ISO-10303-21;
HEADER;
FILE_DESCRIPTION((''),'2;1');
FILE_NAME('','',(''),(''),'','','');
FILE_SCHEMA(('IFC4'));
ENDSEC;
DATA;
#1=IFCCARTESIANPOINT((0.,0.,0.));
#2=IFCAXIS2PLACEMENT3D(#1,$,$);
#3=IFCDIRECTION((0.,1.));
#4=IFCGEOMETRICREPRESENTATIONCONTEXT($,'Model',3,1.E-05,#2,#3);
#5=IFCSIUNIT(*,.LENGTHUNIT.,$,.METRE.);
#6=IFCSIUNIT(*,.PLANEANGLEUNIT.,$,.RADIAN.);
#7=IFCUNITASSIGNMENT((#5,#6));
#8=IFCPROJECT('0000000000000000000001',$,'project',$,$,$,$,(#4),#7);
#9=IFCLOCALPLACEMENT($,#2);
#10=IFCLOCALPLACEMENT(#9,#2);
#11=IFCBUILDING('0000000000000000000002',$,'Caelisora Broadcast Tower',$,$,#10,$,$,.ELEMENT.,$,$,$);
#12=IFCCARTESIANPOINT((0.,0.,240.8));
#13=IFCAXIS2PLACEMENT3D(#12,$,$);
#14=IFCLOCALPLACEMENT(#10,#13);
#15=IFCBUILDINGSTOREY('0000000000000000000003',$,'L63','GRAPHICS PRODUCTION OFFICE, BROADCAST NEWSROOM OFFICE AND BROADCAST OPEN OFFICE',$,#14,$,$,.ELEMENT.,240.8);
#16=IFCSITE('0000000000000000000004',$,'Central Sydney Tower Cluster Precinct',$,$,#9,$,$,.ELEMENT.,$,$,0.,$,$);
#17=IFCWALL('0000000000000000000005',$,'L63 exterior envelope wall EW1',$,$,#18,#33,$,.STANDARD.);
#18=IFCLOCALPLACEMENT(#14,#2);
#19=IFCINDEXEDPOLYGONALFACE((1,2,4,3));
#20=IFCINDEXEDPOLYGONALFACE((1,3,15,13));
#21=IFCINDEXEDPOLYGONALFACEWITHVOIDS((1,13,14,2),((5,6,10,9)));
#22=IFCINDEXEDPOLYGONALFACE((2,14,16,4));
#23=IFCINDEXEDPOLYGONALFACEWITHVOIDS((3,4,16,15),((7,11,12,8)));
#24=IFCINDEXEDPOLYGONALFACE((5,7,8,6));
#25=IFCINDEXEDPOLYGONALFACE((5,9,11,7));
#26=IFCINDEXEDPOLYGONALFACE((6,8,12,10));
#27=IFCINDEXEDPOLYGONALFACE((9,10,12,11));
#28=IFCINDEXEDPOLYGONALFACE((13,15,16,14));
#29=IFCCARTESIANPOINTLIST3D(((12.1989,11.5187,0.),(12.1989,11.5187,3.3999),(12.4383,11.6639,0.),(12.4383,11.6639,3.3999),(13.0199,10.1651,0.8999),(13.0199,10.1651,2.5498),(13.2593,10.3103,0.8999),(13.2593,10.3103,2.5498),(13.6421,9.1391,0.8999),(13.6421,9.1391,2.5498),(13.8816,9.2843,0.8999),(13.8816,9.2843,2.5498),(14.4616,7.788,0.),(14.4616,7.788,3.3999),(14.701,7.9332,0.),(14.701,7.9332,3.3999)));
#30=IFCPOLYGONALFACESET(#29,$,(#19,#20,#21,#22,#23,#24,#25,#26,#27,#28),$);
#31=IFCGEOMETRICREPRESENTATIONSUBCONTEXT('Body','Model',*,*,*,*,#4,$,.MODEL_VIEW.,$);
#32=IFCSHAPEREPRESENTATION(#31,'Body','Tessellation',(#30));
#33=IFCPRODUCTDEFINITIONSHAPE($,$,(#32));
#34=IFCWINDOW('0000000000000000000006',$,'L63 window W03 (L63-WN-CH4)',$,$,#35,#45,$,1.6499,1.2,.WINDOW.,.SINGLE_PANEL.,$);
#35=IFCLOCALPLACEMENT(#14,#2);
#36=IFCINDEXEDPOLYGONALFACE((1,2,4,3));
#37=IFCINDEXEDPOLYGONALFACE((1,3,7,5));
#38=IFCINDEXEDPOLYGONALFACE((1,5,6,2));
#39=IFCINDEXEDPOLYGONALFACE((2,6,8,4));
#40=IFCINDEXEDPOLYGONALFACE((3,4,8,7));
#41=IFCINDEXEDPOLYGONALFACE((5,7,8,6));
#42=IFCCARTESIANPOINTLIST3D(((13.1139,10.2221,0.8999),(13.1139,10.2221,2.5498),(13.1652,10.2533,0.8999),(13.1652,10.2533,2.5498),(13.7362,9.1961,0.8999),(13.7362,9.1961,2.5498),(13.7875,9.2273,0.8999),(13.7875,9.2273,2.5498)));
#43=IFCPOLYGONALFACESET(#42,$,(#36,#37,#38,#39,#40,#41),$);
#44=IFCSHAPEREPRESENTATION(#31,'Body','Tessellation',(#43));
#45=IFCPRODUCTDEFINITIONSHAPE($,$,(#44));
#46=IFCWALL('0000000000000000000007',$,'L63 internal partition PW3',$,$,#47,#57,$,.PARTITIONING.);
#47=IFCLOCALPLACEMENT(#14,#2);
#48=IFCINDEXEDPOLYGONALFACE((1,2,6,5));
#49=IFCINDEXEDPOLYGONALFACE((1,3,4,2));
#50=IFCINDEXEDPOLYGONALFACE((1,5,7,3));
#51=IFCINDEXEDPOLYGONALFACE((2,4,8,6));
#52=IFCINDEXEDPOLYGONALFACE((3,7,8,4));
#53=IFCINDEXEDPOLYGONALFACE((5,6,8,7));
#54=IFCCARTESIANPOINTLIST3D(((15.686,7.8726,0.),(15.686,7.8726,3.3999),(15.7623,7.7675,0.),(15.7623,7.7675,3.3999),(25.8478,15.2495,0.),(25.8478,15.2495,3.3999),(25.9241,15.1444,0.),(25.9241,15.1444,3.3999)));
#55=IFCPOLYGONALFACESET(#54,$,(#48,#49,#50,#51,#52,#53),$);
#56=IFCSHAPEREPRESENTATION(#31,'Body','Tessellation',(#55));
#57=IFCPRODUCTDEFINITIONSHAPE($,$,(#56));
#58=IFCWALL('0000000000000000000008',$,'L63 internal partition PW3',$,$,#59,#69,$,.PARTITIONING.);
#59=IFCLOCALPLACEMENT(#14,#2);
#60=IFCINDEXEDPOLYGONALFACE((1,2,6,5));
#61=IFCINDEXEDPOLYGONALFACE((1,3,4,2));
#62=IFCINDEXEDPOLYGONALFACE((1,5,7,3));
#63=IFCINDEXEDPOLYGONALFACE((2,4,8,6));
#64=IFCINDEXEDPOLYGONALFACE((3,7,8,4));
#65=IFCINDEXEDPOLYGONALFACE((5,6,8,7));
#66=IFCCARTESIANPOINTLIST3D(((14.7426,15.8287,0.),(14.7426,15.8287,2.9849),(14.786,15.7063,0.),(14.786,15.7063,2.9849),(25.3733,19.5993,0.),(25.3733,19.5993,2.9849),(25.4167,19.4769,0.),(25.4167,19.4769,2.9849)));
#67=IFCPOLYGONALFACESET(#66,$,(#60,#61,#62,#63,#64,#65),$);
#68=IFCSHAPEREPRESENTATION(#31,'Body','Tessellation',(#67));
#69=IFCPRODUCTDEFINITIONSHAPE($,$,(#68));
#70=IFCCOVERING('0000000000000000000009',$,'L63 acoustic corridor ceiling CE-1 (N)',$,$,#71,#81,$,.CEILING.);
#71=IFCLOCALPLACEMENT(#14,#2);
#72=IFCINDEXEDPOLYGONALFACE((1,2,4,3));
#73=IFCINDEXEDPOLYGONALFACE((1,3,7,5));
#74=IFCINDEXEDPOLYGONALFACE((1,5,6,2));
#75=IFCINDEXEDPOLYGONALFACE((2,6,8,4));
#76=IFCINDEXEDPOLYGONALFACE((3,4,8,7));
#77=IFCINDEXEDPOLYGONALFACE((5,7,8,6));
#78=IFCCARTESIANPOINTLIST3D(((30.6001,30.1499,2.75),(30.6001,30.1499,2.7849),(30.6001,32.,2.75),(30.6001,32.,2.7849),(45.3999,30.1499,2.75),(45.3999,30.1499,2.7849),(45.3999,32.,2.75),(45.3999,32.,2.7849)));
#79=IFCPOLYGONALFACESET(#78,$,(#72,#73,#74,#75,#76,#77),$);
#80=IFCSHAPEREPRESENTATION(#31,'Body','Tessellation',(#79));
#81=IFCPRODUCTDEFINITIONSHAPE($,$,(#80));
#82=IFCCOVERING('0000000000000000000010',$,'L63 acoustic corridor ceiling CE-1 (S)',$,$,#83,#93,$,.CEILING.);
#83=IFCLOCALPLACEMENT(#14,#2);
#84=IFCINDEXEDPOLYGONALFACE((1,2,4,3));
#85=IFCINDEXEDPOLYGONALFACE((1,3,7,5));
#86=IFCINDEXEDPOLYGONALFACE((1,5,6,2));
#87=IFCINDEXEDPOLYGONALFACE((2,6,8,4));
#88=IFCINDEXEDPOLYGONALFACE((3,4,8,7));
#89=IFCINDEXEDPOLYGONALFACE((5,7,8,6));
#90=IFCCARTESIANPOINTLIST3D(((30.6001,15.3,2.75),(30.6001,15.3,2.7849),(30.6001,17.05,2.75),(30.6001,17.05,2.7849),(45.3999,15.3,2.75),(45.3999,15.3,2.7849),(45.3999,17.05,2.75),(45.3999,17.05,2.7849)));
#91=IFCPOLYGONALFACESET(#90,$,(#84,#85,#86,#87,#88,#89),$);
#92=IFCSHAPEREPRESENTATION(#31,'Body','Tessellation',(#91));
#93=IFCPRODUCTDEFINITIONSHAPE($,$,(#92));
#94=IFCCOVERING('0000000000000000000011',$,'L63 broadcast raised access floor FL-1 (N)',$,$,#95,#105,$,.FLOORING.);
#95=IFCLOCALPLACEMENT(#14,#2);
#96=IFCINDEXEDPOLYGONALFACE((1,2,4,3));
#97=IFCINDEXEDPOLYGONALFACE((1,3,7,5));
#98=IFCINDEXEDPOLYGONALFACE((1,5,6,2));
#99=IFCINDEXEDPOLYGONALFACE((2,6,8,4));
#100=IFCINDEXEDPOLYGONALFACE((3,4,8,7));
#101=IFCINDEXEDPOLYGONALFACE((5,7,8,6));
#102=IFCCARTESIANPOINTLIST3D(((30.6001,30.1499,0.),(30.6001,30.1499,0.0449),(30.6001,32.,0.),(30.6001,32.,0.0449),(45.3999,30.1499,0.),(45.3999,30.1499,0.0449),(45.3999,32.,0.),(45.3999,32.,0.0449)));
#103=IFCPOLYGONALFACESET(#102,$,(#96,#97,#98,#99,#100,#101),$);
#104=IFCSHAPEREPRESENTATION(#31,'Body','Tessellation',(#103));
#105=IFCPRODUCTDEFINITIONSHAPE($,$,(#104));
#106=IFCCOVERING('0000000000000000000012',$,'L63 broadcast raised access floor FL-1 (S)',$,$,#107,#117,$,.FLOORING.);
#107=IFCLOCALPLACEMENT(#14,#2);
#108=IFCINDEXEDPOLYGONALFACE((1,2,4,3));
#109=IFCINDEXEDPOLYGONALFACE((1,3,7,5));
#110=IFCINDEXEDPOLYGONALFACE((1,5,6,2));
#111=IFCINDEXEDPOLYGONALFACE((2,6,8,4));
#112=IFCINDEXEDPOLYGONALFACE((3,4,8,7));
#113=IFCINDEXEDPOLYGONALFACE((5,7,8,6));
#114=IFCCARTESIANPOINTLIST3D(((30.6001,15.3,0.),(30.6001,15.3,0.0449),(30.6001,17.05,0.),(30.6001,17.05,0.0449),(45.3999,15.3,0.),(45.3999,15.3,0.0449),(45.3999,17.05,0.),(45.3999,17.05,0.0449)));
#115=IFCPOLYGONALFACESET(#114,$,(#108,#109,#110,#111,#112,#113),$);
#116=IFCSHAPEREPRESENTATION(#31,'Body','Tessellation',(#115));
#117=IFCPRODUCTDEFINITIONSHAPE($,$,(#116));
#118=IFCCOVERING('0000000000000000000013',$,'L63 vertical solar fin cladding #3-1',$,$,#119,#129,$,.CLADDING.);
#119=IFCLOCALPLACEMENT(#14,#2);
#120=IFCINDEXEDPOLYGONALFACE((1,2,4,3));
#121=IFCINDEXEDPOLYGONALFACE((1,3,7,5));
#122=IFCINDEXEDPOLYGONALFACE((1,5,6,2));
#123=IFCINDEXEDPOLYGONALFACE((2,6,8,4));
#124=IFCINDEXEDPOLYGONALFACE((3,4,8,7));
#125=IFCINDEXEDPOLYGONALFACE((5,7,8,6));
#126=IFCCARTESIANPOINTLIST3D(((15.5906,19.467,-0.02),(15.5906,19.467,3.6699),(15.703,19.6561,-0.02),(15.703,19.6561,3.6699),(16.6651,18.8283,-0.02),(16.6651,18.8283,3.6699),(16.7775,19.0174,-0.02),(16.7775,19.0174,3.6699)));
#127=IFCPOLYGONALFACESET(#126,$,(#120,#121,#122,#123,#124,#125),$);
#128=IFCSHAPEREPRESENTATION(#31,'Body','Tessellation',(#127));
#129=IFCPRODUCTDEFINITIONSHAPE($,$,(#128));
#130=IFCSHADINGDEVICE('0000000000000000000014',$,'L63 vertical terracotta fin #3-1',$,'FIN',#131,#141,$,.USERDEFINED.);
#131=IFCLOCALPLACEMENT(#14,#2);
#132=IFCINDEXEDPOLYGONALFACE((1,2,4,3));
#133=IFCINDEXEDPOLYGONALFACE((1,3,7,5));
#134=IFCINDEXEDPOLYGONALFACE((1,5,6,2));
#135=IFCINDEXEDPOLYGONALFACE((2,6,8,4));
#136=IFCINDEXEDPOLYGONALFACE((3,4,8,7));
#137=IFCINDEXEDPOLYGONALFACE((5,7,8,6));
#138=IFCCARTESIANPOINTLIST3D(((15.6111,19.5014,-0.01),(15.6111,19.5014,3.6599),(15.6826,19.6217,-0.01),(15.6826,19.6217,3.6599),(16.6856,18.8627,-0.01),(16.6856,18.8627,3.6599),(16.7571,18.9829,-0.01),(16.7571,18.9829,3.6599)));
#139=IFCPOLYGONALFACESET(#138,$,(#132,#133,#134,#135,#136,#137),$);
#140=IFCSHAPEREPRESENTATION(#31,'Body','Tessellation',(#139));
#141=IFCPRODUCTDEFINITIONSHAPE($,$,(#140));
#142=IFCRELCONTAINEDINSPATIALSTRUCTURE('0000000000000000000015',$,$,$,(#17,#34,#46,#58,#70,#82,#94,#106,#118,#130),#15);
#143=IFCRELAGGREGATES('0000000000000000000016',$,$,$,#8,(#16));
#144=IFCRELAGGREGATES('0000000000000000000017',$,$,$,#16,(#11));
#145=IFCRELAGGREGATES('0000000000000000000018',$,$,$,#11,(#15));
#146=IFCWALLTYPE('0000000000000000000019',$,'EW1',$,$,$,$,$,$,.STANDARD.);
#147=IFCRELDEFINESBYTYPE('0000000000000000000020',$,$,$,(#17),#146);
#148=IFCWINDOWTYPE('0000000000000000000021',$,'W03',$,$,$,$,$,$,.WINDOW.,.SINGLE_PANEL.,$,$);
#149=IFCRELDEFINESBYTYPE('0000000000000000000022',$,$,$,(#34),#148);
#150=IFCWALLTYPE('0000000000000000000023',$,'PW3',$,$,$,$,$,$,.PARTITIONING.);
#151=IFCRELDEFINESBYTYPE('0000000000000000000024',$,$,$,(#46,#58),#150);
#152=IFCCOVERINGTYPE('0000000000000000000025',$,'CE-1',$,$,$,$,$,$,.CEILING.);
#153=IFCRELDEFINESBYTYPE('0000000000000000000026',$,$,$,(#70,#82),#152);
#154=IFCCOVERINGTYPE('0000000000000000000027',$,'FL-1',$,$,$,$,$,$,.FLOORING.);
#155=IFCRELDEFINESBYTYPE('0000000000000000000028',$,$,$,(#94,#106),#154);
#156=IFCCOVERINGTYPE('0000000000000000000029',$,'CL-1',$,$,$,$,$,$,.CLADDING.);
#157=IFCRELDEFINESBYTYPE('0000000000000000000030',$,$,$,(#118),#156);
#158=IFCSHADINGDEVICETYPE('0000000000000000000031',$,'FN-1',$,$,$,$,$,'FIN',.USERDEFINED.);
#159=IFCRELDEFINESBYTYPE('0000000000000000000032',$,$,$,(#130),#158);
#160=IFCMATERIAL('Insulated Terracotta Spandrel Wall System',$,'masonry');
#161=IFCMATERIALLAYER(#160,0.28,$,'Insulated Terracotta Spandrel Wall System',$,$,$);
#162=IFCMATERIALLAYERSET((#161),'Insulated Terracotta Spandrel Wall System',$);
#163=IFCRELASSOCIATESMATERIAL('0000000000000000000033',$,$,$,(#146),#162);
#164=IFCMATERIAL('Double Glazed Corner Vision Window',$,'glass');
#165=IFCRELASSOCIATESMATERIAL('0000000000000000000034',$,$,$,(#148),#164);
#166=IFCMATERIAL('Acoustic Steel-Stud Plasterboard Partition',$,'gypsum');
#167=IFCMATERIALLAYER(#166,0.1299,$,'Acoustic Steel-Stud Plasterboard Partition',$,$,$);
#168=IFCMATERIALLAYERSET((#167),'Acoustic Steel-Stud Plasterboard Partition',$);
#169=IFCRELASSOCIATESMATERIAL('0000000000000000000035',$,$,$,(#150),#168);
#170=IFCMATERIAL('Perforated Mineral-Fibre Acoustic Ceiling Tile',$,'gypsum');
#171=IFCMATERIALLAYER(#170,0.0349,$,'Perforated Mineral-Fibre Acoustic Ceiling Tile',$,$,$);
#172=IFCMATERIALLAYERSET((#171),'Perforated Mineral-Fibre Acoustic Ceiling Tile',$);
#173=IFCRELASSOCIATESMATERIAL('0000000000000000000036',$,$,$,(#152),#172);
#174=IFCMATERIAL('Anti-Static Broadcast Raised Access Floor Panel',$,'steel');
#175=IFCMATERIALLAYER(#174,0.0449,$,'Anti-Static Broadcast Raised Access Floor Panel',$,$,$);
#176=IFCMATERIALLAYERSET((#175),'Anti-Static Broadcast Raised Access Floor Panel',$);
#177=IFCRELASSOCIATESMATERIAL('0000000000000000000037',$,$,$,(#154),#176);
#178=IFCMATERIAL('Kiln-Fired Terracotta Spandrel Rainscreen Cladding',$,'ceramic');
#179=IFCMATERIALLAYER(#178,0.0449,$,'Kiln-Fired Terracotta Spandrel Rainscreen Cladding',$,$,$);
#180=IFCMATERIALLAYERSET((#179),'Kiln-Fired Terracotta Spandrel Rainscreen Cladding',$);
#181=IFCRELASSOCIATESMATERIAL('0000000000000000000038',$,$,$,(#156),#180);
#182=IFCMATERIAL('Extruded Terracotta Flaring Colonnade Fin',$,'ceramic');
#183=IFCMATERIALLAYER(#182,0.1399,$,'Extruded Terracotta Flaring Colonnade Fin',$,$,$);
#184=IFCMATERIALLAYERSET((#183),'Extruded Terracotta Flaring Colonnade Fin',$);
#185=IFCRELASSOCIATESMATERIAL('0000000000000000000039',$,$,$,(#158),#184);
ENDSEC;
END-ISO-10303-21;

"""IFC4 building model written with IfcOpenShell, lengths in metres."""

from ifc_helpers import new_model, si_unit, direction, frame, frame_2d, origin, origin_2d, place, context, subcontext, project, spatial, polyline, rectangle, outline, extrude, source, transform, mapped, material, layer, layer_set, type_object, type_shapes, element, fill, save


model = new_model("IFC4")

# Units and contexts
model_context = context("Model", 3, precision=1e-05, world=origin(), true_north=direction((0.0, 1.0)))
body_context = subcontext(model_context, "Body", "Model", "MODEL_VIEW")
ifc_project = project(units=[si_unit("LENGTHUNIT", "METRE"), si_unit("PLANEANGLEUNIT", "RADIAN")], contexts=[model_context])

# Site, building, storey
site_placement = place(None, origin())
site = spatial("IfcSite", under=ifc_project, at=site_placement, Name="Central Sydney Tower Cluster Precinct", CompositionType="ELEMENT", RefElevation=0.0)
building_placement = place(site_placement, origin())
building = spatial("IfcBuilding", under=site, at=building_placement, Name="Caelisora Broadcast Tower", CompositionType="ELEMENT")
storey_placement = place(building_placement, frame((0.0, 0.0, 240.8)))
storey = spatial("IfcBuildingStorey", under=building, at=storey_placement, Name="L63", Description="GRAPHICS PRODUCTION OFFICE, BROADCAST NEWSROOM OFFICE AND BROADCAST OPEN OFFICE", CompositionType="ELEMENT", Elevation=240.8)

# Wall, opening, window
ifc_material_1 = material(Name="Insulated Terracotta Spandrel Wall System", Category="masonry")
ifc_layer_1 = layer(ifc_material_1, 0.28, Name="Insulated Terracotta Spandrel Wall System")
ifc_layer_set_1 = layer_set([ifc_layer_1], Name="Insulated Terracotta Spandrel Wall System")
wall_type_1 = type_object("IfcWallType", Name="EW1", PredefinedType="STANDARD", material=ifc_layer_set_1)
wall_1_placement = place(storey_placement, frame((14.5813, 7.8606, 0.0), z_axis=(0.0, 0.0, 1.0), x_axis=(-0.518579, 0.855029, 0.0)))
wall_1 = element("IfcWall", 1, at=wall_1_placement, inside=storey, type_object=wall_type_1, Name="L63 exterior envelope wall EW1", PredefinedType="STANDARD", context=body_context, shape_type="SweptSolid", body=[
    extrude(rectangle(XDim=4.3633, YDim=0.28, at=frame_2d((2.1816, 0.0))), origin(), (0.0, 0.0, 1.0), 3.3999),
])
opening_placement = place(wall_1_placement, frame((1.5801, 0.0, 0.8999)))
opening = element("IfcOpeningElement", 2, at=opening_placement, cuts=wall_1, PredefinedType="OPENING", context=body_context, shape_type="SweptSolid", body=[
    extrude(rectangle(XDim=1.2, YDim=1.6499, at=frame_2d((0.6001, 0.825))), frame((0.0, 0.1521, 0.0), z_axis=(0.0, -1.0, 0.0), x_axis=(1.0, 0.0, 0.0)), (0.0, 0.0, 1.0), 0.304),
])
ifc_material_2 = material(Name="Double Glazed Corner Vision Window", Category="glass")
window_type = type_object("IfcWindowType", Name="W03", PartitioningType="SINGLE_PANEL", PredefinedType="WINDOW", material=ifc_material_2)
window_placement = place(opening_placement, origin())
window = element("IfcWindow", 3, at=window_placement, inside=storey, type_object=window_type, Name="L63 window W03 (L63-WN-CH4)", OverallHeight=1.6499, OverallWidth=1.2, PartitioningType="SINGLE_PANEL", PredefinedType="WINDOW", context=body_context, shape_type="SweptSolid", body=[
    extrude(rectangle(XDim=1.2, YDim=1.6499, at=frame_2d((0.6001, 0.825))), frame((0.0, 0.03, 0.0), z_axis=(0.0, -1.0, 0.0), x_axis=(1.0, 0.0, 0.0)), (0.0, 0.0, 1.0), 0.0601),
])
fill(opening, window)

# Walls
ifc_material_3 = material(Name="Acoustic Steel-Stud Plasterboard Partition", Category="gypsum")
ifc_layer_2 = layer(ifc_material_3, 0.1299, Name="Acoustic Steel-Stud Plasterboard Partition")
ifc_layer_set_2 = layer_set([ifc_layer_2], Name="Acoustic Steel-Stud Plasterboard Partition")
wall_type_2 = type_object("IfcWallType", Name="PW3", PredefinedType="PARTITIONING", material=ifc_layer_set_2)
wall_2_placement = place(storey_placement, frame((15.7241, 7.8201, 0.0), z_axis=(0.0, 0.0, 1.0), x_axis=(0.809247, 0.587469, 0.0)))
element("IfcWall", 4, at=wall_2_placement, inside=storey, type_object=wall_type_2, Name="L63 internal partition PW3", PredefinedType="PARTITIONING", context=body_context, shape_type="SweptSolid", body=[
    extrude(rectangle(XDim=12.5571, YDim=0.1299, at=frame_2d((6.2786, 0.0))), origin(), (0.0, 0.0, 1.0), 3.3999),
])
wall_3_placement = place(storey_placement, frame((14.7644, 15.7676, 0.0), z_axis=(0.0, 0.0, 1.0), x_axis=(0.942474, 0.33428, 0.0)))
element("IfcWall", 5, at=wall_3_placement, inside=storey, type_object=wall_type_2, Name="L63 internal partition PW3", PredefinedType="PARTITIONING", context=body_context, shape_type="SweptSolid", body=[
    extrude(rectangle(XDim=11.2795, YDim=0.1299, at=frame_2d((5.6396, 0.0))), origin(), (0.0, 0.0, 1.0), 2.9849),
])

# Coverings
ifc_material_4 = material(Name="Perforated Mineral-Fibre Acoustic Ceiling Tile", Category="gypsum")
ifc_layer_3 = layer(ifc_material_4, 0.0349, Name="Perforated Mineral-Fibre Acoustic Ceiling Tile")
ifc_layer_set_3 = layer_set([ifc_layer_3], Name="Perforated Mineral-Fibre Acoustic Ceiling Tile")
covering_type_1 = type_object("IfcCoveringType", Name="CE-1", PredefinedType="CEILING", material=ifc_layer_set_3)
covering_1_placement = place(storey_placement, frame((0.0, 0.0, 2.75)))
element("IfcCovering", 6, at=covering_1_placement, inside=storey, type_object=covering_type_1, Name="L63 acoustic corridor ceiling CE-1 (N)", PredefinedType="CEILING", context=body_context, shape_type="SweptSolid", body=[
    extrude(outline(polyline([(30.6001, 30.1499), (45.3999, 30.1499), (45.3999, 32.0), (30.6001, 32.0), (30.6001, 30.1499)])), origin(), (0.0, 0.0, 1.0), 0.0349),
])
covering_2_placement = place(storey_placement, frame((0.0, 0.0, 2.75)))
element("IfcCovering", 7, at=covering_2_placement, inside=storey, type_object=covering_type_1, Name="L63 acoustic corridor ceiling CE-1 (S)", PredefinedType="CEILING", context=body_context, shape_type="SweptSolid", body=[
    extrude(outline(polyline([(30.6001, 15.3), (45.3999, 15.3), (45.3999, 17.05), (30.6001, 17.05), (30.6001, 15.3)])), origin(), (0.0, 0.0, 1.0), 0.0349),
])
ifc_material_5 = material(Name="Anti-Static Broadcast Raised Access Floor Panel", Category="steel")
ifc_layer_4 = layer(ifc_material_5, 0.0449, Name="Anti-Static Broadcast Raised Access Floor Panel")
ifc_layer_set_4 = layer_set([ifc_layer_4], Name="Anti-Static Broadcast Raised Access Floor Panel")
covering_type_2 = type_object("IfcCoveringType", Name="FL-1", PredefinedType="FLOORING", material=ifc_layer_set_4)
covering_3_placement = place(storey_placement, origin())
element("IfcCovering", 8, at=covering_3_placement, inside=storey, type_object=covering_type_2, Name="L63 broadcast raised access floor FL-1 (N)", PredefinedType="FLOORING", context=body_context, shape_type="SweptSolid", body=[
    extrude(outline(polyline([(30.6001, 30.1499), (45.3999, 30.1499), (45.3999, 32.0), (30.6001, 32.0), (30.6001, 30.1499)])), origin(), (0.0, 0.0, 1.0), 0.0449),
])
covering_4_placement = place(storey_placement, origin())
element("IfcCovering", 9, at=covering_4_placement, inside=storey, type_object=covering_type_2, Name="L63 broadcast raised access floor FL-1 (S)", PredefinedType="FLOORING", context=body_context, shape_type="SweptSolid", body=[
    extrude(outline(polyline([(30.6001, 15.3), (45.3999, 15.3), (45.3999, 17.05), (30.6001, 17.05), (30.6001, 15.3)])), origin(), (0.0, 0.0, 1.0), 0.0449),
])
ifc_material_6 = material(Name="Kiln-Fired Terracotta Spandrel Rainscreen Cladding", Category="ceramic")
ifc_layer_5 = layer(ifc_material_6, 0.0449, Name="Kiln-Fired Terracotta Spandrel Rainscreen Cladding")
ifc_layer_set_5 = layer_set([ifc_layer_5], Name="Kiln-Fired Terracotta Spandrel Rainscreen Cladding")
covering_type_3 = type_object("IfcCoveringType", Name="CL-1", PredefinedType="CLADDING", material=ifc_layer_set_5)
shared_shape_1 = source(origin(), body_context, "Body", "SweptSolid", [
    extrude(rectangle(XDim=0.22, YDim=1.25, at=origin_2d()), origin(), (0.0, 0.0, 1.0), 3.6899),
])
type_shapes(covering_type_3, [shared_shape_1])
covering_5_placement = place(storey_placement, frame((16.1841, 19.2422, -0.02), z_axis=(0.0, 0.0, 1.0), x_axis=(0.510993, 0.859585, 0.0)))
element("IfcCovering", 10, at=covering_5_placement, inside=storey, type_object=covering_type_3, Name="L63 vertical solar fin cladding #3-1", PredefinedType="CLADDING", context=body_context, shape_type="MappedRepresentation", body=[
    mapped(shared_shape_1, transform((0.0, 0.0, 0.0), scale=1.0)),
])

# Shading device
ifc_material_7 = material(Name="Extruded Terracotta Flaring Colonnade Fin", Category="ceramic")
ifc_layer_6 = layer(ifc_material_7, 0.1399, Name="Extruded Terracotta Flaring Colonnade Fin")
ifc_layer_set_6 = layer_set([ifc_layer_6], Name="Extruded Terracotta Flaring Colonnade Fin")
shading_device_type = type_object("IfcShadingDeviceType", Name="FN-1", ElementType="FIN", PredefinedType="USERDEFINED", material=ifc_layer_set_6)
shared_shape_2 = source(origin(), body_context, "Body", "SweptSolid", [
    extrude(rectangle(XDim=0.1399, YDim=1.25, at=origin_2d()), origin(), (0.0, 0.0, 1.0), 3.6699),
])
type_shapes(shading_device_type, [shared_shape_2])
shading_device_placement = place(storey_placement, frame((16.1841, 19.2422, -0.01), z_axis=(0.0, 0.0, 1.0), x_axis=(0.510993, 0.859585, 0.0)))
element("IfcShadingDevice", 11, at=shading_device_placement, inside=storey, type_object=shading_device_type, Name="L63 vertical terracotta fin #3-1", ObjectType="FIN", PredefinedType="USERDEFINED", context=body_context, shape_type="MappedRepresentation", body=[
    mapped(shared_shape_2, transform((0.0, 0.0, 0.0), scale=1.0)),
])

save(model, "model.ifc")
